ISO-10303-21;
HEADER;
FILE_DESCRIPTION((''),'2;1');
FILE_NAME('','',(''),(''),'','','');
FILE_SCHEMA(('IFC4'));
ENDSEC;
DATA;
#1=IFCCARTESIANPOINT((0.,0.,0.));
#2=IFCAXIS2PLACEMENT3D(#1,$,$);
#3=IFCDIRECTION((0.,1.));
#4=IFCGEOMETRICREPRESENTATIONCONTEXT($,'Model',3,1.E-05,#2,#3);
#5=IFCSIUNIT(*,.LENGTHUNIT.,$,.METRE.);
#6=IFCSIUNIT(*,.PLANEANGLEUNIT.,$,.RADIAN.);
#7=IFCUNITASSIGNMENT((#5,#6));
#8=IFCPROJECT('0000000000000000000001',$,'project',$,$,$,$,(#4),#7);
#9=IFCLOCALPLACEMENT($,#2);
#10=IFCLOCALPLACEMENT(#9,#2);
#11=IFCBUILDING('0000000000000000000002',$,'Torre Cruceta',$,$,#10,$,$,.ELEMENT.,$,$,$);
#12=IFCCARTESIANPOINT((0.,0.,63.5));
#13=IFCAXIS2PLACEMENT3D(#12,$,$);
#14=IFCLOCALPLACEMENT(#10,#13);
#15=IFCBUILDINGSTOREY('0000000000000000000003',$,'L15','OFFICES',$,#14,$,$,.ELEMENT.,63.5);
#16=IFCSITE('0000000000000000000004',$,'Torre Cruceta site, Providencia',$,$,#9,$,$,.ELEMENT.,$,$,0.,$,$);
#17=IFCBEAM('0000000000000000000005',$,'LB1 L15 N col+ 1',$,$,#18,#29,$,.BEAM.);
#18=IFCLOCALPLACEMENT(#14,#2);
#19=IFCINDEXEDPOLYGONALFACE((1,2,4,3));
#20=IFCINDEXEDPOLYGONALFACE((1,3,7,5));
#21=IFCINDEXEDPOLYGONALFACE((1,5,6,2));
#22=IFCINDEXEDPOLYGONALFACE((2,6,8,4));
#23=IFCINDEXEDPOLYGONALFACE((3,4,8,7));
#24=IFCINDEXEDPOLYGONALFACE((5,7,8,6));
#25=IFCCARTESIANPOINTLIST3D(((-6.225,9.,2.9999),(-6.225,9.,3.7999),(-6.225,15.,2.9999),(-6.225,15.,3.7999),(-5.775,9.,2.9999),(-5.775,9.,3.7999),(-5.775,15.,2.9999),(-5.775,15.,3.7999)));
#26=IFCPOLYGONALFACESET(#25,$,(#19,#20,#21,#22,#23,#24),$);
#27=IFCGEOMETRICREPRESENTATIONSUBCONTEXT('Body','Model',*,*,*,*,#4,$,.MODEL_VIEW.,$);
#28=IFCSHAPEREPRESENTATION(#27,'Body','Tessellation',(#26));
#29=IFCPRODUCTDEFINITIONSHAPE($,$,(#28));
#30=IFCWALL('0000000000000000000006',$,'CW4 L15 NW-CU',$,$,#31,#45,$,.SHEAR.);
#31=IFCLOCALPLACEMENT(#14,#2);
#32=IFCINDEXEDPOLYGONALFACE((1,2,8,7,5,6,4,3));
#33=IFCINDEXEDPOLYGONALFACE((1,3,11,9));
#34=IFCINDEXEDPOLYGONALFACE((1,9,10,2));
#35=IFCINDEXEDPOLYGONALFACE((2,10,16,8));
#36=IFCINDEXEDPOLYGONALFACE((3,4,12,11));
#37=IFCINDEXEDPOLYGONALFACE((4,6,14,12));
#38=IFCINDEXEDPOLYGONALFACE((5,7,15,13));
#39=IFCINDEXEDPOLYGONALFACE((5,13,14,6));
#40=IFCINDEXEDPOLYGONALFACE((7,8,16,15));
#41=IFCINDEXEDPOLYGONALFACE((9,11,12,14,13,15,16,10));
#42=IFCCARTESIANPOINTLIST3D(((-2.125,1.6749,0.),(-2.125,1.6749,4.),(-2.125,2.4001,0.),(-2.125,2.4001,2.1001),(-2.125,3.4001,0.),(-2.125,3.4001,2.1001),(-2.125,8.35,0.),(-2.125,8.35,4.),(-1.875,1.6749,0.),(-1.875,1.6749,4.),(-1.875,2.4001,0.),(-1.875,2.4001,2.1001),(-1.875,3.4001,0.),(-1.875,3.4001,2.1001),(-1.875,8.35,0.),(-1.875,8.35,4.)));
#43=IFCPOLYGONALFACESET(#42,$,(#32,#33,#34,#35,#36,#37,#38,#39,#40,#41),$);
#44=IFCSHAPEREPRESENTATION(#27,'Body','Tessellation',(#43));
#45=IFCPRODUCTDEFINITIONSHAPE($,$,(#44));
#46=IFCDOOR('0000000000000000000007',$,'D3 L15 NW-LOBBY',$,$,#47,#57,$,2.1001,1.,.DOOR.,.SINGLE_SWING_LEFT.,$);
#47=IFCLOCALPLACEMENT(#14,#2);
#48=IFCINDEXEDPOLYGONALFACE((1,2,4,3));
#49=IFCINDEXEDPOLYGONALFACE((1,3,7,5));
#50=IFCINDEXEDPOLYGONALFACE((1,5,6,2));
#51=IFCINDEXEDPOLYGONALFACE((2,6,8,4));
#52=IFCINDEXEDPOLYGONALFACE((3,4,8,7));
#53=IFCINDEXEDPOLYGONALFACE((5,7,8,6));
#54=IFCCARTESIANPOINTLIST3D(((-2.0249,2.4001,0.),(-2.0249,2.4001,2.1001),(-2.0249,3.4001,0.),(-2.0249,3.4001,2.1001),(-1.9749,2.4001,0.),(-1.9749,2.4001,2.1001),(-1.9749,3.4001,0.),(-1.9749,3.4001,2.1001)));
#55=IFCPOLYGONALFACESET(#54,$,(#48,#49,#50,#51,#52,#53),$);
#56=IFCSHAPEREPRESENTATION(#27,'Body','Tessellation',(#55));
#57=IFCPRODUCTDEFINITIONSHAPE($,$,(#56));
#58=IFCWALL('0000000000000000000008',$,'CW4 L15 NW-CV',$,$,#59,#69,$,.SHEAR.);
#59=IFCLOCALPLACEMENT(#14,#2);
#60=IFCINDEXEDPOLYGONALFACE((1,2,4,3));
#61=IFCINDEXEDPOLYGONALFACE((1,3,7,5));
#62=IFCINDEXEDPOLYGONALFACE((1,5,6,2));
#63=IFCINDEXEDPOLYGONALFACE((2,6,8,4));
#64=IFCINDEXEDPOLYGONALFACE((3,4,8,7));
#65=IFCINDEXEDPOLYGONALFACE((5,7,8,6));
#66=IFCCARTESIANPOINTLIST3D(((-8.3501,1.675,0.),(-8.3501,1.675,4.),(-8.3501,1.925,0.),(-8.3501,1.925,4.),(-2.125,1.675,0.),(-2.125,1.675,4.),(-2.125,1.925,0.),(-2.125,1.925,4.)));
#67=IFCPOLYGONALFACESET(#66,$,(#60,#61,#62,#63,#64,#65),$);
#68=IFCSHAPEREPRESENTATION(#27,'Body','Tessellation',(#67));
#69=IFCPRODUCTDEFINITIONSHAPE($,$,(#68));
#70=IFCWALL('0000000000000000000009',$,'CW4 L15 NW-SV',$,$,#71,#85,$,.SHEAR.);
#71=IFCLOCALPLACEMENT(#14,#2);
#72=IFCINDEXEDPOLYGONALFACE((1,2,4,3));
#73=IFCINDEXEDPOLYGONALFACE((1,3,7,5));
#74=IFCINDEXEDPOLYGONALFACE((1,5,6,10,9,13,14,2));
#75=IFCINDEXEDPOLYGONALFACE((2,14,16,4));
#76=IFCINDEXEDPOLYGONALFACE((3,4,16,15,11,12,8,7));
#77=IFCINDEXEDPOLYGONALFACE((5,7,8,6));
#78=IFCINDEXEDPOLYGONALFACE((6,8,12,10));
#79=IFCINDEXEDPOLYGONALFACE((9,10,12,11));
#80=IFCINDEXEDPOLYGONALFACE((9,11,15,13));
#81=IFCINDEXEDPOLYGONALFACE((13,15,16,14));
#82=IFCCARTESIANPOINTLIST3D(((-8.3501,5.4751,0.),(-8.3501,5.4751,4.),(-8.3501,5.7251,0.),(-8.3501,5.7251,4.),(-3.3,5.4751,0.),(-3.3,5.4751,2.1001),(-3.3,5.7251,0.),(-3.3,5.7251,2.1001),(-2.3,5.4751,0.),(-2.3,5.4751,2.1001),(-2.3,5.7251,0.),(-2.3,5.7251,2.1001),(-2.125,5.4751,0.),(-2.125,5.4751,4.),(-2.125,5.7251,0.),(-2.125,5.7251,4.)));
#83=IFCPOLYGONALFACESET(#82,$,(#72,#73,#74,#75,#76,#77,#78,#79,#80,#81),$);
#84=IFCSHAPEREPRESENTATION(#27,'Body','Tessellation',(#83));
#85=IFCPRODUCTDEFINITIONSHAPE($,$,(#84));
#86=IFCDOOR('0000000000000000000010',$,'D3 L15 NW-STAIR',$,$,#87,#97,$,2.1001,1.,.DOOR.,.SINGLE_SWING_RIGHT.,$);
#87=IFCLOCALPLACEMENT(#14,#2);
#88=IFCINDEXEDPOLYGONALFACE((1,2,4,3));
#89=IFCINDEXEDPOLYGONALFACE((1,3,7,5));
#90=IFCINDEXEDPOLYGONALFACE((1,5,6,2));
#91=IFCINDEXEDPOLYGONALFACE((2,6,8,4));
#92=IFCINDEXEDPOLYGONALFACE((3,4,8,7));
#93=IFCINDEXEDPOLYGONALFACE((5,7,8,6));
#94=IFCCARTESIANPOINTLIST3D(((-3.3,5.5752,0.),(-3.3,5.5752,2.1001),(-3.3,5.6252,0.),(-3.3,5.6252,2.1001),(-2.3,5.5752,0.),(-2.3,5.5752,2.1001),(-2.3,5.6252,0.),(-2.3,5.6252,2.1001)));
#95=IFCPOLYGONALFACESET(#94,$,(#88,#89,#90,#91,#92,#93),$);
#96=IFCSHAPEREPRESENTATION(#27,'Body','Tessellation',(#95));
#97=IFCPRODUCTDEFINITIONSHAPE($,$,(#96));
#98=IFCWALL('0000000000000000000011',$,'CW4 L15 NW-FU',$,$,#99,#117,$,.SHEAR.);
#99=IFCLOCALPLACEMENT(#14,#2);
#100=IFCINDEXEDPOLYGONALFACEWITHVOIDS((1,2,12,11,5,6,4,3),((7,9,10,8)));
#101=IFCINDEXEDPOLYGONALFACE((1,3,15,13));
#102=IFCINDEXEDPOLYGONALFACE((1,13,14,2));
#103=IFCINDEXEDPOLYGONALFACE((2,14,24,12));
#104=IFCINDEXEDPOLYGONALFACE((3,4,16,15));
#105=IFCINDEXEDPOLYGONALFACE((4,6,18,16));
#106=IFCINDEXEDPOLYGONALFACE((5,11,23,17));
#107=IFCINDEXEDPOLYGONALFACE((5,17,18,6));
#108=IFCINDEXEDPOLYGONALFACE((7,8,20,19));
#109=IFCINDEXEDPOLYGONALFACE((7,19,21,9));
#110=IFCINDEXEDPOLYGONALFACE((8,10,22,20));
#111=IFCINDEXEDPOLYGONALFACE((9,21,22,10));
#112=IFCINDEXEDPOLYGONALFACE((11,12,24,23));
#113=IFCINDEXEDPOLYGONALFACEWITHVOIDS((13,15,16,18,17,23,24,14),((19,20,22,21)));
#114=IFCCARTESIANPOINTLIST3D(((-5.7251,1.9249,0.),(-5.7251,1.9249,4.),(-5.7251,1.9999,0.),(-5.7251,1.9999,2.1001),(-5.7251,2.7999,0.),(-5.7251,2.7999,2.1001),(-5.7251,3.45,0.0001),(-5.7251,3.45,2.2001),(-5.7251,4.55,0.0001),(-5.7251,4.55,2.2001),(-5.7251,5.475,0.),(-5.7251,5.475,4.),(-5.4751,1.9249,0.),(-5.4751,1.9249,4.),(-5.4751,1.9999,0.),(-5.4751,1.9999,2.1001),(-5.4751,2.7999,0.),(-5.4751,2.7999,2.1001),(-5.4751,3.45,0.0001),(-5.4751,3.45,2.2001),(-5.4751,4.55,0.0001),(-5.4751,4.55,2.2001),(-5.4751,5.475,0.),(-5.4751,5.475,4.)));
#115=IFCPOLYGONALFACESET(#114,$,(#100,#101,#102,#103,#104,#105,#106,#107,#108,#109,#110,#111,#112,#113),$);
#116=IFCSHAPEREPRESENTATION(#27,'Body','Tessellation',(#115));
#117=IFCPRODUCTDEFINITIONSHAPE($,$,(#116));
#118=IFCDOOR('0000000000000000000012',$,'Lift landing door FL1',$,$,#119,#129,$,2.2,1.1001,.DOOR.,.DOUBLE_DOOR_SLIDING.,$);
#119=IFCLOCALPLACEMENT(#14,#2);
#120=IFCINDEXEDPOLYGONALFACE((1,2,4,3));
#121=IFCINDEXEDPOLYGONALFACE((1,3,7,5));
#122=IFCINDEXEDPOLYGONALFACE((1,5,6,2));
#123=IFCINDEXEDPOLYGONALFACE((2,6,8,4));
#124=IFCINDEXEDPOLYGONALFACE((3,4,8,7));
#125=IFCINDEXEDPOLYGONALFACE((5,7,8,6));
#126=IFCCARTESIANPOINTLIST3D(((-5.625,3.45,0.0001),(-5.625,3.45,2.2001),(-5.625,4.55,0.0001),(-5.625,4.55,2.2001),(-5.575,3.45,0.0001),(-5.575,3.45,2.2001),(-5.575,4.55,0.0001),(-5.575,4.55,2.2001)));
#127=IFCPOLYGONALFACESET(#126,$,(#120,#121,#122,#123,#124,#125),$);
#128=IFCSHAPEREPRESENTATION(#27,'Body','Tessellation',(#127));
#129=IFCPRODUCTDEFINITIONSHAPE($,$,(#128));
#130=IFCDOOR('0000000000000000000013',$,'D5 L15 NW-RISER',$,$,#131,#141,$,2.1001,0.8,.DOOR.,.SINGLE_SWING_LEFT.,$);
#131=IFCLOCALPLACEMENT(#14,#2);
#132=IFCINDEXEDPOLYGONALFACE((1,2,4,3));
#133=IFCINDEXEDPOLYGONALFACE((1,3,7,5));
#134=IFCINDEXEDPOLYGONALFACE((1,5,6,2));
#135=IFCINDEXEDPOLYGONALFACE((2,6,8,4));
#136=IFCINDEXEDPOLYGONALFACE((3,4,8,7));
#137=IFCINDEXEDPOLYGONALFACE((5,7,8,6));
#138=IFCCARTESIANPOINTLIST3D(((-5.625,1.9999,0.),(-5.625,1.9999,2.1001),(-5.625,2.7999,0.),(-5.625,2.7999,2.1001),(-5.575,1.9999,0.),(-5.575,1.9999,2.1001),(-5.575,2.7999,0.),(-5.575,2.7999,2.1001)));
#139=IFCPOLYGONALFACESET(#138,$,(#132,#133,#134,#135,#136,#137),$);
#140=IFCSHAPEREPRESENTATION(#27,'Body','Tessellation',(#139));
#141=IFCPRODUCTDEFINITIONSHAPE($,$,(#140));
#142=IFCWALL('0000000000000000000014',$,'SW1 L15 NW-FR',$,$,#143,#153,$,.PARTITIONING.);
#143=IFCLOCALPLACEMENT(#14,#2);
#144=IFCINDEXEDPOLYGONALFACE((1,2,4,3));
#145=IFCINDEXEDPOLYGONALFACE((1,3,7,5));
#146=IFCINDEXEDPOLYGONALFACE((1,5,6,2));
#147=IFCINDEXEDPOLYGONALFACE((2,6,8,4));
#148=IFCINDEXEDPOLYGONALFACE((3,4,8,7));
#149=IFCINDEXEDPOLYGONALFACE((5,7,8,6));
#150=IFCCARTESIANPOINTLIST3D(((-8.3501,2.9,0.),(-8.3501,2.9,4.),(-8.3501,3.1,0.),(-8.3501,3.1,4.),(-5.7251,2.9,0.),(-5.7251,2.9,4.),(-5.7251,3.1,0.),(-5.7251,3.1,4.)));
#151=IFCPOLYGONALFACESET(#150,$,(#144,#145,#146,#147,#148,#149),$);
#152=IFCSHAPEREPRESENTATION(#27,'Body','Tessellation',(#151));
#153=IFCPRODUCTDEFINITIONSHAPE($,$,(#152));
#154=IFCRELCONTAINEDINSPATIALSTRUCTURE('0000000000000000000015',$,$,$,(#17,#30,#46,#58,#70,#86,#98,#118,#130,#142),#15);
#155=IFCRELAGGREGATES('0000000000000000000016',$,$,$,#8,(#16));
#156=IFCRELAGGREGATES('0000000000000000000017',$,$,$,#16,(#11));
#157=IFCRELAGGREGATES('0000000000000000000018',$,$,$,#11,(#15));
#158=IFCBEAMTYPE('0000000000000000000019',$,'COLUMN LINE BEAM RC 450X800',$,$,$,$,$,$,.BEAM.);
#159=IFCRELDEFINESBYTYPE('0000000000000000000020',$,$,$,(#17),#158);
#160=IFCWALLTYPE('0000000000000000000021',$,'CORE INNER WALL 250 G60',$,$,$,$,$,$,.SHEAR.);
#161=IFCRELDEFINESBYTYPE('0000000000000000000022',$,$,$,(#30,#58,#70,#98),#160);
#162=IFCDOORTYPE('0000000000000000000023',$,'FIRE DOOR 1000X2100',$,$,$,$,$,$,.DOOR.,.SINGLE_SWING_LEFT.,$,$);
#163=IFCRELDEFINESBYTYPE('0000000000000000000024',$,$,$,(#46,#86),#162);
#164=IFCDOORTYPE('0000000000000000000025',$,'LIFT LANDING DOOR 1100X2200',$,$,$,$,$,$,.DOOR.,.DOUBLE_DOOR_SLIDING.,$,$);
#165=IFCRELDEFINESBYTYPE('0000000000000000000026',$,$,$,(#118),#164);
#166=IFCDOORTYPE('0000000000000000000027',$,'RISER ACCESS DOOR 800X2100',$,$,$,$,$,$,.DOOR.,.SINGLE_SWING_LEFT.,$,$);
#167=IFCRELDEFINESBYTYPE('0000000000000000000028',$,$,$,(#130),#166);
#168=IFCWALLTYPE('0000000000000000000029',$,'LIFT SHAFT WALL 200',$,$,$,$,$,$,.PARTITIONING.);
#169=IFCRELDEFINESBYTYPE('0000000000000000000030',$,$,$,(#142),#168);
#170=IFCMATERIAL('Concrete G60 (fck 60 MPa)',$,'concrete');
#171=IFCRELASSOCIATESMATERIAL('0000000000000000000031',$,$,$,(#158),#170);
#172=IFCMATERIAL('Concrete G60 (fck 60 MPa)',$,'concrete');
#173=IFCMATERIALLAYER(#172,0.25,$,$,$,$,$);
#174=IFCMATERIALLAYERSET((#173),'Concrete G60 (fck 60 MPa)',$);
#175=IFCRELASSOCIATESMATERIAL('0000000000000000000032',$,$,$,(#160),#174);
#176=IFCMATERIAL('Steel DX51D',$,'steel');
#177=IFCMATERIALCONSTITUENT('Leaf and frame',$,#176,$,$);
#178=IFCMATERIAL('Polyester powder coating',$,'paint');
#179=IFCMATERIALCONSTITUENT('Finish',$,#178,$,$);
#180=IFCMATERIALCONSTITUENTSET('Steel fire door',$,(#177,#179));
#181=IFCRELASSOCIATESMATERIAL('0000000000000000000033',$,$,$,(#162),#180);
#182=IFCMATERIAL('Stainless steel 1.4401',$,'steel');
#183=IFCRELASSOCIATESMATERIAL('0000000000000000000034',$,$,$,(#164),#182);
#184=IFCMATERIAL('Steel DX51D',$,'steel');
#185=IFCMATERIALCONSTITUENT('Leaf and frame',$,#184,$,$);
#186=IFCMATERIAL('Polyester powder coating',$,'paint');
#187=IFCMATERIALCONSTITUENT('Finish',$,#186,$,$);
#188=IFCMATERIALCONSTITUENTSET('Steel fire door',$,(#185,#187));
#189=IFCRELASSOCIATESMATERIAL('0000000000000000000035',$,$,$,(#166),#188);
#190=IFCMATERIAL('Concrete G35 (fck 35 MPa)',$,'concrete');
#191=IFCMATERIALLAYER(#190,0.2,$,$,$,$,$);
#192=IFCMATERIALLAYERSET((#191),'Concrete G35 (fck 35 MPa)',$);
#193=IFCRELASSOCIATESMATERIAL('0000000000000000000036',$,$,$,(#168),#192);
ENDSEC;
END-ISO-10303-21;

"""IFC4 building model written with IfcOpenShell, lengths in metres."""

from ifc_helpers import new_model, si_unit, direction, frame, frame_2d, origin, origin_2d, place, context, subcontext, project, spatial, rectangle, extrude, material, layer, layer_set, constituent, constituent_set, material_profile, profile_set, type_object, element, fill, save


model = new_model("IFC4")

# Units and contexts
model_context = context("Model", 3, precision=1e-05, world=origin(), true_north=direction((0.0, 1.0)))
body_context = subcontext(model_context, "Body", "Model", "MODEL_VIEW")
ifc_project = project(units=[si_unit("LENGTHUNIT", "METRE"), si_unit("PLANEANGLEUNIT", "RADIAN")], contexts=[model_context])

# Site, building, storey
site_placement = place(None, origin())
site = spatial("IfcSite", under=ifc_project, at=site_placement, Name="Torre Cruceta site, Providencia", CompositionType="ELEMENT", RefElevation=0.0)
building_placement = place(site_placement, origin())
building = spatial("IfcBuilding", under=site, at=building_placement, Name="Torre Cruceta", CompositionType="ELEMENT")
storey_placement = place(building_placement, frame((0.0, 0.0, 63.5)))
storey = spatial("IfcBuildingStorey", under=building, at=storey_placement, Name="L15", Description="OFFICES", CompositionType="ELEMENT", Elevation=63.5)

# Beam
ifc_material_1 = material(Name="Concrete G60 (fck 60 MPa)", Category="concrete")
ifc_material_profile = material_profile(ifc_material_1, rectangle(XDim=0.45, YDim=0.8, at=origin_2d()), Name="RC 450X800")
ifc_profile_set = profile_set([ifc_material_profile], Name="Concrete G60 (fck 60 MPa)")
beam_type = type_object("IfcBeamType", Name="COLUMN LINE BEAM RC 450X800", PredefinedType="BEAM", material=ifc_profile_set)
beam_placement = place(storey_placement, frame((-6.0, 9.0, 3.3999), z_axis=(0.0, 1.0, 0.0), x_axis=(-1.0, 0.0, 0.0)))
element("IfcBeam", 1, at=beam_placement, inside=storey, type_object=beam_type, Name="LB1 L15 N col+ 1", PredefinedType="BEAM", context=body_context, shape_type="SweptSolid", body=[
    extrude(rectangle(XDim=0.45, YDim=0.8, at=origin_2d()), origin(), (0.0, 0.0, 1.0), 6.0),
])

# Wall, opening, door
ifc_material_2 = material(Name="Concrete G60 (fck 60 MPa)", Category="concrete")
ifc_layer_1 = layer(ifc_material_2, 0.25)
ifc_layer_set_1 = layer_set([ifc_layer_1], Name="Concrete G60 (fck 60 MPa)")
wall_type_1 = type_object("IfcWallType", Name="CORE INNER WALL 250 G60", PredefinedType="SHEAR", material=ifc_layer_set_1)
wall_1_placement = place(storey_placement, frame((-2.0, 1.675, 0.0), z_axis=(0.0, 0.0, 1.0), x_axis=(0.0, 1.0, 0.0)))
wall_1 = element("IfcWall", 2, at=wall_1_placement, inside=storey, type_object=wall_type_1, Name="CW4 L15 NW-CU", PredefinedType="SHEAR", context=body_context, shape_type="SweptSolid", body=[
    extrude(rectangle(XDim=6.675, YDim=0.25, at=frame_2d((3.3374, 0.0))), origin(), (0.0, 0.0, 1.0), 4.0),
])
opening_1_placement = place(wall_1_placement, frame((0.7251, 0.0, 0.0)))
opening_1 = element("IfcOpeningElement", 3, at=opening_1_placement, cuts=wall_1, PredefinedType="OPENING", context=body_context, shape_type="SweptSolid", body=[
    extrude(rectangle(XDim=1.0, YDim=2.1001, at=frame_2d((0.5, 1.05))), frame((0.0, 0.135, 0.0), z_axis=(0.0, -1.0, 0.0), x_axis=(1.0, 0.0, 0.0)), (0.0, 0.0, 1.0), 0.27),
])
ifc_material_3 = material(Name="Steel DX51D", Category="steel")
ifc_constituent_1 = constituent(ifc_material_3, Name="Leaf and frame")
ifc_material_4 = material(Name="Polyester powder coating", Category="paint")
ifc_constituent_2 = constituent(ifc_material_4, Name="Finish")
ifc_constituent_set_1 = constituent_set(constituents=[ifc_constituent_1, ifc_constituent_2], Name="Steel fire door")
door_type_1 = type_object("IfcDoorType", Name="FIRE DOOR 1000X2100", OperationType="SINGLE_SWING_LEFT", PredefinedType="DOOR", material=ifc_constituent_set_1)
door_1_placement = place(opening_1_placement, origin())
door_1 = element("IfcDoor", 4, at=door_1_placement, inside=storey, type_object=door_type_1, Name="D3 L15 NW-LOBBY", OperationType="SINGLE_SWING_LEFT", OverallHeight=2.1001, OverallWidth=1.0, PredefinedType="DOOR", context=body_context, shape_type="SweptSolid", body=[
    extrude(rectangle(XDim=1.0, YDim=2.1001, at=frame_2d((0.5, 1.05))), frame((0.0, 0.0249, 0.0), z_axis=(0.0, -1.0, 0.0), x_axis=(1.0, 0.0, 0.0)), (0.0, 0.0, 1.0), 0.05),
])
fill(opening_1, door_1)

# Wall
wall_2_placement = place(storey_placement, frame((-2.125, 1.8, 0.0), z_axis=(0.0, 0.0, 1.0), x_axis=(-1.0, 0.0, 0.0)))
element("IfcWall", 5, at=wall_2_placement, inside=storey, type_object=wall_type_1, Name="CW4 L15 NW-CV", PredefinedType="SHEAR", context=body_context, shape_type="SweptSolid", body=[
    extrude(rectangle(XDim=6.2251, YDim=0.25, at=frame_2d((3.1125, 0.0))), origin(), (0.0, 0.0, 1.0), 4.0),
])

# Wall, opening, door
wall_3_placement = place(storey_placement, frame((-2.125, 5.6001, 0.0), z_axis=(0.0, 0.0, 1.0), x_axis=(-1.0, 0.0, 0.0)))
wall_3 = element("IfcWall", 6, at=wall_3_placement, inside=storey, type_object=wall_type_1, Name="CW4 L15 NW-SV", PredefinedType="SHEAR", context=body_context, shape_type="SweptSolid", body=[
    extrude(rectangle(XDim=6.2251, YDim=0.25, at=frame_2d((3.1125, 0.0))), origin(), (0.0, 0.0, 1.0), 4.0),
])
opening_2_placement = place(wall_3_placement, frame((0.175, 0.0, 0.0)))
opening_2 = element("IfcOpeningElement", 7, at=opening_2_placement, cuts=wall_3, PredefinedType="OPENING", context=body_context, shape_type="SweptSolid", body=[
    extrude(rectangle(XDim=1.0, YDim=2.1001, at=frame_2d((0.5, 1.05))), frame((0.0, 0.135, 0.0), z_axis=(0.0, -1.0, 0.0), x_axis=(1.0, 0.0, 0.0)), (0.0, 0.0, 1.0), 0.27),
])
door_2_placement = place(opening_2_placement, frame((1.0, 0.0, 0.0), z_axis=(0.0, 0.0, 1.0), x_axis=(-1.0, 0.0, 0.0)))
door_2 = element("IfcDoor", 8, at=door_2_placement, inside=storey, type_object=door_type_1, Name="D3 L15 NW-STAIR", OperationType="SINGLE_SWING_RIGHT", OverallHeight=2.1001, OverallWidth=1.0, PredefinedType="DOOR", context=body_context, shape_type="SweptSolid", body=[
    extrude(rectangle(XDim=1.0, YDim=2.1001, at=frame_2d((0.5, 1.05))), frame((0.0, 0.0251, 0.0), z_axis=(0.0, -1.0, 0.0), x_axis=(1.0, 0.0, 0.0)), (0.0, 0.0, 1.0), 0.05),
])
fill(opening_2, door_2)

# Wall, openings, doors
wall_4_placement = place(storey_placement, frame((-5.6001, 1.925, 0.0), z_axis=(0.0, 0.0, 1.0), x_axis=(0.0, 1.0, 0.0)))
wall_4 = element("IfcWall", 9, at=wall_4_placement, inside=storey, type_object=wall_type_1, Name="CW4 L15 NW-FU", PredefinedType="SHEAR", context=body_context, shape_type="SweptSolid", body=[
    extrude(rectangle(XDim=3.55, YDim=0.25, at=frame_2d((1.7749, 0.0))), origin(), (0.0, 0.0, 1.0), 4.0),
])
opening_3_placement = place(wall_4_placement, frame((1.5249, 0.0, 0.0)))
opening_3 = element("IfcOpeningElement", 10, at=opening_3_placement, cuts=wall_4, PredefinedType="OPENING", context=body_context, shape_type="SweptSolid", body=[
    extrude(rectangle(XDim=1.1001, YDim=2.2, at=frame_2d((0.55, 1.1001))), frame((0.0, 0.135, 0.0), z_axis=(0.0, -1.0, 0.0), x_axis=(1.0, 0.0, 0.0)), (0.0, 0.0, 1.0), 0.27),
])
opening_4_placement = place(wall_4_placement, frame((0.075, 0.0, 0.0)))
opening_4 = element("IfcOpeningElement", 11, at=opening_4_placement, cuts=wall_4, PredefinedType="OPENING", context=body_context, shape_type="SweptSolid", body=[
    extrude(rectangle(XDim=0.8, YDim=2.1001, at=frame_2d((0.3999, 1.05))), frame((0.0, 0.135, 0.0), z_axis=(0.0, -1.0, 0.0), x_axis=(1.0, 0.0, 0.0)), (0.0, 0.0, 1.0), 0.27),
])
ifc_material_5 = material(Name="Stainless steel 1.4401", Category="steel")
door_type_2 = type_object("IfcDoorType", Name="LIFT LANDING DOOR 1100X2200", OperationType="DOUBLE_DOOR_SLIDING", PredefinedType="DOOR", material=ifc_material_5)
door_3_placement = place(opening_3_placement, origin())
door_3 = element("IfcDoor", 12, at=door_3_placement, inside=storey, type_object=door_type_2, Name="Lift landing door FL1", OperationType="DOUBLE_DOOR_SLIDING", OverallHeight=2.2, OverallWidth=1.1001, PredefinedType="DOOR", context=body_context, shape_type="SweptSolid", body=[
    extrude(rectangle(XDim=1.1001, YDim=2.2, at=frame_2d((0.55, 1.1001))), frame((0.0, 0.0249, 0.0), z_axis=(0.0, -1.0, 0.0), x_axis=(1.0, 0.0, 0.0)), (0.0, 0.0, 1.0), 0.05),
])
fill(opening_3, door_3)
ifc_material_6 = material(Name="Steel DX51D", Category="steel")
ifc_constituent_3 = constituent(ifc_material_6, Name="Leaf and frame")
ifc_material_7 = material(Name="Polyester powder coating", Category="paint")
ifc_constituent_4 = constituent(ifc_material_7, Name="Finish")
ifc_constituent_set_2 = constituent_set(constituents=[ifc_constituent_3, ifc_constituent_4], Name="Steel fire door")
door_type_3 = type_object("IfcDoorType", Name="RISER ACCESS DOOR 800X2100", OperationType="SINGLE_SWING_LEFT", PredefinedType="DOOR", material=ifc_constituent_set_2)
door_4_placement = place(opening_4_placement, origin())
door_4 = element("IfcDoor", 13, at=door_4_placement, inside=storey, type_object=door_type_3, Name="D5 L15 NW-RISER", OperationType="SINGLE_SWING_LEFT", OverallHeight=2.1001, OverallWidth=0.8, PredefinedType="DOOR", context=body_context, shape_type="SweptSolid", body=[
    extrude(rectangle(XDim=0.8, YDim=2.1001, at=frame_2d((0.3999, 1.05))), frame((0.0, 0.0249, 0.0), z_axis=(0.0, -1.0, 0.0), x_axis=(1.0, 0.0, 0.0)), (0.0, 0.0, 1.0), 0.05),
])
fill(opening_4, door_4)

# Wall
ifc_material_8 = material(Name="Concrete G35 (fck 35 MPa)", Category="concrete")
ifc_layer_2 = layer(ifc_material_8, 0.2)
ifc_layer_set_2 = layer_set([ifc_layer_2], Name="Concrete G35 (fck 35 MPa)")
wall_type_2 = type_object("IfcWallType", Name="LIFT SHAFT WALL 200", PredefinedType="PARTITIONING", material=ifc_layer_set_2)
wall_5_placement = place(storey_placement, frame((-5.7251, 3.0, 0.0), z_axis=(0.0, 0.0, 1.0), x_axis=(-1.0, 0.0, 0.0)))
element("IfcWall", 14, at=wall_5_placement, inside=storey, type_object=wall_type_2, Name="SW1 L15 NW-FR", PredefinedType="PARTITIONING", context=body_context, shape_type="SweptSolid", body=[
    extrude(rectangle(XDim=2.625, YDim=0.2, at=frame_2d((1.3125, 0.0))), origin(), (0.0, 0.0, 1.0), 4.0),
])

save(model, "model.ifc")
